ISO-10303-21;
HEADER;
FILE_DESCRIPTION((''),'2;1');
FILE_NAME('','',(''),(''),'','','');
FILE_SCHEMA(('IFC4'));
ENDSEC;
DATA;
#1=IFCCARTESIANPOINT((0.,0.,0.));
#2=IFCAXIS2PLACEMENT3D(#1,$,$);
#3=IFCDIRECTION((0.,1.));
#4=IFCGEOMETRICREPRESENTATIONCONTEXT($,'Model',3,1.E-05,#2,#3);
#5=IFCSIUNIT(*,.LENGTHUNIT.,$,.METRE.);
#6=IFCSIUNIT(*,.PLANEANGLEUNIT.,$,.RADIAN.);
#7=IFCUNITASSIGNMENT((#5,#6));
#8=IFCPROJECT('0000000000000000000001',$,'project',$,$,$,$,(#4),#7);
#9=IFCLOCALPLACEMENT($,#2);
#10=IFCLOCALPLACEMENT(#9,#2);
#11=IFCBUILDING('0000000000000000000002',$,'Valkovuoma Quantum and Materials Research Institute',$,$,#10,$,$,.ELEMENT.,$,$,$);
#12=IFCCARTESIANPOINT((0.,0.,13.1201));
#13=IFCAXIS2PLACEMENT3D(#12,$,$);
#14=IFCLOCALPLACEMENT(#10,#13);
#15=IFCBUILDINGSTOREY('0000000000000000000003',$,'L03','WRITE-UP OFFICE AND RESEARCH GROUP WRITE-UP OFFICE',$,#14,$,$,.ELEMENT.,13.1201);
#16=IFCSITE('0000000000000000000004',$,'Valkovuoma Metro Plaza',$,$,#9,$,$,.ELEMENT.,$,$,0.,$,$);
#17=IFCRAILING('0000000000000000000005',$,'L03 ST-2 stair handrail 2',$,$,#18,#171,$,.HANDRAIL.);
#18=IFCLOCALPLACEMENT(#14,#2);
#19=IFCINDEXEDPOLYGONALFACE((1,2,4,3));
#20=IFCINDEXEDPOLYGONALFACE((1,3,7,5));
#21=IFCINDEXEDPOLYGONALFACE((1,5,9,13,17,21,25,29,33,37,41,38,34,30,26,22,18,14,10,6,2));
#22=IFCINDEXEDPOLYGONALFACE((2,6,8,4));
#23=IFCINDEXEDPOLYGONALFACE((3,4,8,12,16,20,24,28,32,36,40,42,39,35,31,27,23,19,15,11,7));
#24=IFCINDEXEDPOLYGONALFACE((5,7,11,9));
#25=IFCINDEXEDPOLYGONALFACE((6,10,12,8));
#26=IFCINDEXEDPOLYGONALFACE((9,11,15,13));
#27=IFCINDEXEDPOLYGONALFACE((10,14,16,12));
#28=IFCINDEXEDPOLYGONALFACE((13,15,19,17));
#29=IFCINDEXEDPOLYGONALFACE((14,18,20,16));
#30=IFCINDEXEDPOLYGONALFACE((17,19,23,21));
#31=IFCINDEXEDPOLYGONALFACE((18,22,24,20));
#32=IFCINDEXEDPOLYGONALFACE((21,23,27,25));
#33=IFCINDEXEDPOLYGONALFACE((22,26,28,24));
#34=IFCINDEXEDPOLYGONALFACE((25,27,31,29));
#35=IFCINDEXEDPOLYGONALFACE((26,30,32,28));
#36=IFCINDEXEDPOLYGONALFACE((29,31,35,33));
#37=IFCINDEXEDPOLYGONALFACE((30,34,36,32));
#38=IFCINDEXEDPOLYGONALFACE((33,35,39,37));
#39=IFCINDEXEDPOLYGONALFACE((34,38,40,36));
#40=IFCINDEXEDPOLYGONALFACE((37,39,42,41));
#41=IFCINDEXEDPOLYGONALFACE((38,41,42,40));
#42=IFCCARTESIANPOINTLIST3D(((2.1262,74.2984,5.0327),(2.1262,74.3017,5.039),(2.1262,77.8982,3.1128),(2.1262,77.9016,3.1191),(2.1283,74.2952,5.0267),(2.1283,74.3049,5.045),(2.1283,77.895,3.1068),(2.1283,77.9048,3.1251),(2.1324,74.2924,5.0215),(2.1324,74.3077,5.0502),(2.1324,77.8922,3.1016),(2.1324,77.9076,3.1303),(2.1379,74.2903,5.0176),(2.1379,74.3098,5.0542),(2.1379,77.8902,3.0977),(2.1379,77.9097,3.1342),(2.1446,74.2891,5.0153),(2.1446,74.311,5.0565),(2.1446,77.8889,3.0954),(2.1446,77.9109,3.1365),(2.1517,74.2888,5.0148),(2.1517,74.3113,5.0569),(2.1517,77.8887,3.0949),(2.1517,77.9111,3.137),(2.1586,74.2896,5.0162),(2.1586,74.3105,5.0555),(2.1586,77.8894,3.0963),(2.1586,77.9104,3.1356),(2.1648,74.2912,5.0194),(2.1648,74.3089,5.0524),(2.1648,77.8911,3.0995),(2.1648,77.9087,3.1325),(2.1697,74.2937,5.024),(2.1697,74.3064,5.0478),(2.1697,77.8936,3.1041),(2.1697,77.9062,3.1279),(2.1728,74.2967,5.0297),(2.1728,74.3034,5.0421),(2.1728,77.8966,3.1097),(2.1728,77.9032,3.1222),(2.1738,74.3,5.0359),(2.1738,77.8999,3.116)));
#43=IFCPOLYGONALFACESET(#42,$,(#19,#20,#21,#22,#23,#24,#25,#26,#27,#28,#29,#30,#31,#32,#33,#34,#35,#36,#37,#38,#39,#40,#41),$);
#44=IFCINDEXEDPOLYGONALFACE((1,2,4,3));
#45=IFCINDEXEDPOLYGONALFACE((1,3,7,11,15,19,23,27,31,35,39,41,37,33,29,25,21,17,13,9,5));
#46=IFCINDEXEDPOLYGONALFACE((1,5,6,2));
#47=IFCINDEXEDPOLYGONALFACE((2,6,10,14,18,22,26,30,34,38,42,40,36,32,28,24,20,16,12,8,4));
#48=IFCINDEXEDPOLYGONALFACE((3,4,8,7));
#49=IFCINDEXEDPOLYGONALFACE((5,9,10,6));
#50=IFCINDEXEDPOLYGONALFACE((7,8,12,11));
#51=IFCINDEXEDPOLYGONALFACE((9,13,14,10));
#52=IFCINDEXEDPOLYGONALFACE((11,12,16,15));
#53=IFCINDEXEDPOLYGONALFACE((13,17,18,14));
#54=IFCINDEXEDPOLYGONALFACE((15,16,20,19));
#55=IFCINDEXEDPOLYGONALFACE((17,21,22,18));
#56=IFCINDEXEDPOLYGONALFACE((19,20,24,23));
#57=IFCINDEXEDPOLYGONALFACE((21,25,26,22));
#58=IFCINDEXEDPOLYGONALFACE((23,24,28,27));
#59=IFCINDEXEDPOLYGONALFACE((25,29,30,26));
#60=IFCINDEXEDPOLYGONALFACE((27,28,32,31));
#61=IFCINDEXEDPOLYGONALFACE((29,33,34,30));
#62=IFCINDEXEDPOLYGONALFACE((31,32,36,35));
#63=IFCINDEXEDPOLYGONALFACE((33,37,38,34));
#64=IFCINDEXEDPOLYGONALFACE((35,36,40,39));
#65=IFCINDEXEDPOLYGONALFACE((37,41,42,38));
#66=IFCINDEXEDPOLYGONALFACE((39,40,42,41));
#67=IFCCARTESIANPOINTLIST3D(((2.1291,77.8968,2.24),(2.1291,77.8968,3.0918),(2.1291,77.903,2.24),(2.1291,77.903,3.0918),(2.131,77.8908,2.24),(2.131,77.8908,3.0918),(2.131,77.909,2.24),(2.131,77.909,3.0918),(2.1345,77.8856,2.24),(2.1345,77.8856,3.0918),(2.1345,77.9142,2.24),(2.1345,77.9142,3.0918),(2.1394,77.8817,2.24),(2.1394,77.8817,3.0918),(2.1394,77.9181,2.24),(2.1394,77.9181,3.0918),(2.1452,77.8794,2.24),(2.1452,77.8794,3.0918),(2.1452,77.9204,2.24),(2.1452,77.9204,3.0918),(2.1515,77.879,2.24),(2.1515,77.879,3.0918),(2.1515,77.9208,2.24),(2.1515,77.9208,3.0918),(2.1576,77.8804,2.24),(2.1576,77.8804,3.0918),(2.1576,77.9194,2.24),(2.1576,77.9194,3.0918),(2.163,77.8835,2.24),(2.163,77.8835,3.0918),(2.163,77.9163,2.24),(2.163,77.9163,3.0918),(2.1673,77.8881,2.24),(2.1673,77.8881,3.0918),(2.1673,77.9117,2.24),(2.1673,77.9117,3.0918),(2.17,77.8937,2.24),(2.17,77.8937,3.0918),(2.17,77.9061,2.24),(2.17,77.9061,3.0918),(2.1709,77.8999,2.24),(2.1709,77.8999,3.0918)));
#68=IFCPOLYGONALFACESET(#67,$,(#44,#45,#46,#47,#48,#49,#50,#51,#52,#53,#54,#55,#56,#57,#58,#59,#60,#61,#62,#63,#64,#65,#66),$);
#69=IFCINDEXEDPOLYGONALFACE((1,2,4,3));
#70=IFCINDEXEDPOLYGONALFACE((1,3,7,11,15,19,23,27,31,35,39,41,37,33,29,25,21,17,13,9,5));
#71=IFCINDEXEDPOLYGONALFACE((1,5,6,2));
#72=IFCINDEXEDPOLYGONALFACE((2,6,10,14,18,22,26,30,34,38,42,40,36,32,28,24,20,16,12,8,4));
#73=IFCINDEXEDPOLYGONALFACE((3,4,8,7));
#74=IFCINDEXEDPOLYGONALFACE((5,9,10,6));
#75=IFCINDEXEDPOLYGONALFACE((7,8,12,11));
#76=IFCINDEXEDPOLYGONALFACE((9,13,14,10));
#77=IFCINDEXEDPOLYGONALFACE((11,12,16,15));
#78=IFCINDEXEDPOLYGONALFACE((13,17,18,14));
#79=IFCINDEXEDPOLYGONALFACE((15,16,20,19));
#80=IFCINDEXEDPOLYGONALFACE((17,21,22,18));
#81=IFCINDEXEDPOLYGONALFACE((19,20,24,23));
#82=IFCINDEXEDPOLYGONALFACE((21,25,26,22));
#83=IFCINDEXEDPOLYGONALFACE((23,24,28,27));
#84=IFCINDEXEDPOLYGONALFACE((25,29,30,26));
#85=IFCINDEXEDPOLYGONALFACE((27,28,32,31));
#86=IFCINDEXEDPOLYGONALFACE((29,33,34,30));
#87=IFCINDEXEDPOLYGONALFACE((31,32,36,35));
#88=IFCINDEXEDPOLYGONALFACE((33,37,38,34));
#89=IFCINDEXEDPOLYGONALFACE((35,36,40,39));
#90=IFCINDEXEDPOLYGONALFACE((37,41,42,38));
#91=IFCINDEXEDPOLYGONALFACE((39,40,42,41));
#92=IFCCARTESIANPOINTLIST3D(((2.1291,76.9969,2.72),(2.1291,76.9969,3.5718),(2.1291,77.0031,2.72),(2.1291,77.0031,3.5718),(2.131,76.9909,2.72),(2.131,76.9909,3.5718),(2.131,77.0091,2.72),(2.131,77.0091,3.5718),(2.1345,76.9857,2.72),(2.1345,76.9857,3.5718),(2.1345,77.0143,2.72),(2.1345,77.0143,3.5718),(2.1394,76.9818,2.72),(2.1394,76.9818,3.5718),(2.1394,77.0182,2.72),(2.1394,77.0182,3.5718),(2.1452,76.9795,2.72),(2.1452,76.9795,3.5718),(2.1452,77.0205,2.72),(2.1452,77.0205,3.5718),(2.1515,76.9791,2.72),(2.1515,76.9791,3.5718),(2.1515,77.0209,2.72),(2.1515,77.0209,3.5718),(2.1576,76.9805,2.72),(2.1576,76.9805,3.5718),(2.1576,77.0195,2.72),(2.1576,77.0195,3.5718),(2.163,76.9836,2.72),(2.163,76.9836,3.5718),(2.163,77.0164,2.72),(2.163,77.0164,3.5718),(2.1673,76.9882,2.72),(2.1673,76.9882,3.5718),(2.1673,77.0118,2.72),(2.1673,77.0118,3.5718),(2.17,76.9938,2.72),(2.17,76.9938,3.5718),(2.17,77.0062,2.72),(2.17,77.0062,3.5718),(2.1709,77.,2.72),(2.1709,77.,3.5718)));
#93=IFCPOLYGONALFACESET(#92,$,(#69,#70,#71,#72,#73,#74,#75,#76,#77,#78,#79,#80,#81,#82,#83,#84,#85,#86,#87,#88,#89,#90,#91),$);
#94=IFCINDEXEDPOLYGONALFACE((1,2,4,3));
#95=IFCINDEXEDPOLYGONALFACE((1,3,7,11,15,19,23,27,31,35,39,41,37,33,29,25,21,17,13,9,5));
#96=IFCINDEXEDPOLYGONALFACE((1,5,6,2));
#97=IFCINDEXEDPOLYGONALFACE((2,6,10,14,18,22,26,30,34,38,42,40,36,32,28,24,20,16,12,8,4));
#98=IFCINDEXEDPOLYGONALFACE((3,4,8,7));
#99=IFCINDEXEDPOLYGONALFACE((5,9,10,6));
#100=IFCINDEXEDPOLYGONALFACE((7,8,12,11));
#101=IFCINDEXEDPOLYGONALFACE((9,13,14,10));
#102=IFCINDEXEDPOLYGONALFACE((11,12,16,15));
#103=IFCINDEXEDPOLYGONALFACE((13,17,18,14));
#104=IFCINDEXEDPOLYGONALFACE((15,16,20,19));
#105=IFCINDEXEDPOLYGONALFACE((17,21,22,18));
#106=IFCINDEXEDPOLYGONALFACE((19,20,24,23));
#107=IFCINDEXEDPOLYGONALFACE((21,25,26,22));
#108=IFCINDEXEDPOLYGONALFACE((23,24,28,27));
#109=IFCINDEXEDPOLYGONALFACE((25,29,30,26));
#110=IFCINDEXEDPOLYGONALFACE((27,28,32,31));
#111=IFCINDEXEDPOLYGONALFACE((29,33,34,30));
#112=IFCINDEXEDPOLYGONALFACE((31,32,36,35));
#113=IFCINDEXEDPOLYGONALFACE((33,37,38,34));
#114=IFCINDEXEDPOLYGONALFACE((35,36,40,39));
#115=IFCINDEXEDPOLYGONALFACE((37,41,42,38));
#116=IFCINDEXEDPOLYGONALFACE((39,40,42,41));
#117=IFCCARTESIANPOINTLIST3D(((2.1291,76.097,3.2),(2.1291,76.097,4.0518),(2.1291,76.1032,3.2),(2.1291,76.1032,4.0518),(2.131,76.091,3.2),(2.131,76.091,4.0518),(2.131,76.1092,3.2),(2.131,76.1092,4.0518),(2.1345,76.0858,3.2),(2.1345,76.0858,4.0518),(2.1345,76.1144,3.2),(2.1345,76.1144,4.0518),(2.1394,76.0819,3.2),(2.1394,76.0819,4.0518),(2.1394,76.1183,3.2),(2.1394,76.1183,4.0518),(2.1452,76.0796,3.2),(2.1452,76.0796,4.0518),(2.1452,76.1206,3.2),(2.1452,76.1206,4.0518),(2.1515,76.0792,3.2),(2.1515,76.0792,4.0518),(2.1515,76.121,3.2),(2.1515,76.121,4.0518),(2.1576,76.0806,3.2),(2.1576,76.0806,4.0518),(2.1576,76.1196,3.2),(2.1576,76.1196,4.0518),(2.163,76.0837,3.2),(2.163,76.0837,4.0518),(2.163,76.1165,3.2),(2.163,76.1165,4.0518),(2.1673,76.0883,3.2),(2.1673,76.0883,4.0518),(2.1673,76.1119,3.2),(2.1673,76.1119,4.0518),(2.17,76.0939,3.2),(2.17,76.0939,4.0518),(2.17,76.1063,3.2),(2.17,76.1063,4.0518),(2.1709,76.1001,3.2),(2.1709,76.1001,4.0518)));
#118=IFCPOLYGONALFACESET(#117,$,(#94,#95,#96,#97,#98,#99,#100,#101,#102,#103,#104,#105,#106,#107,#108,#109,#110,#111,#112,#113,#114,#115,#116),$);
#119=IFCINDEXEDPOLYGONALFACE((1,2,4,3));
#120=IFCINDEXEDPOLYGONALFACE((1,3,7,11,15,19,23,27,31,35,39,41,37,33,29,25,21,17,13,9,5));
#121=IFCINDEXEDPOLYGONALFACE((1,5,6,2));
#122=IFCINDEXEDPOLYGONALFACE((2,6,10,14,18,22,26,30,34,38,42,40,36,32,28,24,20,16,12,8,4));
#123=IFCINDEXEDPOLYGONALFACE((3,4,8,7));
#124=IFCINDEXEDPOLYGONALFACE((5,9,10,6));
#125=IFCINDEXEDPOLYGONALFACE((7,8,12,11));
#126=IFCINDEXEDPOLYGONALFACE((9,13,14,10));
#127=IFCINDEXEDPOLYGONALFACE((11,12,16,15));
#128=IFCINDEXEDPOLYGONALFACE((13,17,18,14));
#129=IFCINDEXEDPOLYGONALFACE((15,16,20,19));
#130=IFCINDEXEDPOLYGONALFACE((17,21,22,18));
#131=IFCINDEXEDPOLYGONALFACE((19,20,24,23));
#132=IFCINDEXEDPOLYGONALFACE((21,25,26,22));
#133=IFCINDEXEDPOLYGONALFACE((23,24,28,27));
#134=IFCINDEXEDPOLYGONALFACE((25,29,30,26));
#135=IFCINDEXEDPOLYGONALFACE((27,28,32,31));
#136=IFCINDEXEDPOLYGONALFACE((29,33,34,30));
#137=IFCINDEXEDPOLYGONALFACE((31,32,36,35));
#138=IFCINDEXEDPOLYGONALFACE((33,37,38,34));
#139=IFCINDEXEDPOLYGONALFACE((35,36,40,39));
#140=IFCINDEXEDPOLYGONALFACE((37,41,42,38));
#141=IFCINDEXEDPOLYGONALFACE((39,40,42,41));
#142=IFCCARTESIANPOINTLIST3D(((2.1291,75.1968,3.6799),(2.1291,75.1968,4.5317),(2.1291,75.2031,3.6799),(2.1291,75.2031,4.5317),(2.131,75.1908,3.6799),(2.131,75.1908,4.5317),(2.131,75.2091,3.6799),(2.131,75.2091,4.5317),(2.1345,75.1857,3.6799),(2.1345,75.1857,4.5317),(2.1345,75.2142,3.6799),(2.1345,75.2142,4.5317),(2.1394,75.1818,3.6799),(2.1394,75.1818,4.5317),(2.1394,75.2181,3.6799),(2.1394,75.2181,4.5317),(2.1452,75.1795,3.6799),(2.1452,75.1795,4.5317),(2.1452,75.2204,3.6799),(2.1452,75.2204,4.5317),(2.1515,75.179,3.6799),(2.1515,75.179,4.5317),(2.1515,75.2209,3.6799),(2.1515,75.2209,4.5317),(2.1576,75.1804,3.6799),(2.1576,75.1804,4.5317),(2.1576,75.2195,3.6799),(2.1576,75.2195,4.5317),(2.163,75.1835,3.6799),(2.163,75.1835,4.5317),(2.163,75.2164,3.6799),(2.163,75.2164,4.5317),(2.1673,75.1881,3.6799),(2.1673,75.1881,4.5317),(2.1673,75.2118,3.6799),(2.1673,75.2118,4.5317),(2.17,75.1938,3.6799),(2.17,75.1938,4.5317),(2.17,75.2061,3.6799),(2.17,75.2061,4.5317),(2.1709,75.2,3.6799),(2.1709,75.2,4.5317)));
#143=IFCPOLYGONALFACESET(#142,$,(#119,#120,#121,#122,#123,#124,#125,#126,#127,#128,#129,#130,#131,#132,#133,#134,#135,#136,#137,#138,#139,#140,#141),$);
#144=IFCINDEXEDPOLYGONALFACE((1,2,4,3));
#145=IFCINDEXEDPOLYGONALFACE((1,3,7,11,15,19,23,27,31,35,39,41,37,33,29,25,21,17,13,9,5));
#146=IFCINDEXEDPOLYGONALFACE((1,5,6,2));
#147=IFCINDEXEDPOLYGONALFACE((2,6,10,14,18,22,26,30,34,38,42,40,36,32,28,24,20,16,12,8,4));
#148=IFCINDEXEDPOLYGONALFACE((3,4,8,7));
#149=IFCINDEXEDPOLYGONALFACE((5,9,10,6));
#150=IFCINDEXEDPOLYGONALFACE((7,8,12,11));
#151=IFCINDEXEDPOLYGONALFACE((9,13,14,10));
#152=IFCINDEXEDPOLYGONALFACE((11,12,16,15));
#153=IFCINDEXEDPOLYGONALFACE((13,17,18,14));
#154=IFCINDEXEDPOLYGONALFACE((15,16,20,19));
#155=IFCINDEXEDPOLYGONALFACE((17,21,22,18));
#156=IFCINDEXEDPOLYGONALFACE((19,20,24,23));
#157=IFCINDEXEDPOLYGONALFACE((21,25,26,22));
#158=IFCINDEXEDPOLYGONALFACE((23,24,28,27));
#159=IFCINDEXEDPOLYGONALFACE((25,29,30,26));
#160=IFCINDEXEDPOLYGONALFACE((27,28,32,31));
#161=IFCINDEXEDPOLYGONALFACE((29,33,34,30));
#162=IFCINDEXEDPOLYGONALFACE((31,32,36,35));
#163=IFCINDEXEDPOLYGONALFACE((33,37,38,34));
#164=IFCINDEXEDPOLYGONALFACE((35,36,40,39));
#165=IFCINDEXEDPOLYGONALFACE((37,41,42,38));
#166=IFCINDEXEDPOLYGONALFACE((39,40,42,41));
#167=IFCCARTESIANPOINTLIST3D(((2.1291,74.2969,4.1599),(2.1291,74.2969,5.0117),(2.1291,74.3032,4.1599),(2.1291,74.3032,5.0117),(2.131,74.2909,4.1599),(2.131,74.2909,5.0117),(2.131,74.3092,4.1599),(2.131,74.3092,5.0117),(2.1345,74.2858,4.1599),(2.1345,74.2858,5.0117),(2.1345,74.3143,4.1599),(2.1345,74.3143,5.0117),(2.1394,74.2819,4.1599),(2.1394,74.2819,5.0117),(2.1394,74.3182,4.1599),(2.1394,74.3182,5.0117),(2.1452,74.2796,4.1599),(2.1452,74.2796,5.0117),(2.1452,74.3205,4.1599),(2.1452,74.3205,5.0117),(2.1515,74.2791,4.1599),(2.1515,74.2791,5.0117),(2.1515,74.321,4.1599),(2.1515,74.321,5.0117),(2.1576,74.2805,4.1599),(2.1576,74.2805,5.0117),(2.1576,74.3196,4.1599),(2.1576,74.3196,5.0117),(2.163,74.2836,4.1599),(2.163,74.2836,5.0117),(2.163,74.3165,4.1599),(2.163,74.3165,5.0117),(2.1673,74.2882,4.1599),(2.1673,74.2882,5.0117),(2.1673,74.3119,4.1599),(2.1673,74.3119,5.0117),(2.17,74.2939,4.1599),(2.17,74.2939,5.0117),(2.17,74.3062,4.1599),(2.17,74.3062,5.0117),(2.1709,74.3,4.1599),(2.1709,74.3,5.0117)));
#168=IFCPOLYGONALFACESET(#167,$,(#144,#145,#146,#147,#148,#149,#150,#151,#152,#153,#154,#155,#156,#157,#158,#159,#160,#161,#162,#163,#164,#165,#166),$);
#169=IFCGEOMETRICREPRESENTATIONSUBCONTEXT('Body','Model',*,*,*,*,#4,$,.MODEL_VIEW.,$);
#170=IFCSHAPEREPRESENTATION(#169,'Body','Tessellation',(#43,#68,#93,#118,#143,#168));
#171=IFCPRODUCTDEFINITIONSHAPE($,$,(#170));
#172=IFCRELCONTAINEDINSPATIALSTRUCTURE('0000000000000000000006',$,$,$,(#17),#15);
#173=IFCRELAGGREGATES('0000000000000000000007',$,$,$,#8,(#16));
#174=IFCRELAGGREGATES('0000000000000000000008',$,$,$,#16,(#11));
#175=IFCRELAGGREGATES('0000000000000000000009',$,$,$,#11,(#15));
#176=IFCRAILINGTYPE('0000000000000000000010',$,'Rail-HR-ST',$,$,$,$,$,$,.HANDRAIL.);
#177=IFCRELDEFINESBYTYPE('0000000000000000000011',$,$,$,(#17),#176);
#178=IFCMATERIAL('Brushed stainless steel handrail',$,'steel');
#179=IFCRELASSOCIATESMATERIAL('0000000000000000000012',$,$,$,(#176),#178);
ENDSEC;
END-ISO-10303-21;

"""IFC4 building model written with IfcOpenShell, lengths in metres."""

from ifc_helpers import new_model, si_unit, direction, frame, origin, origin_2d, place, context, subcontext, project, spatial, circle, extrude, material, type_object, element, save


model = new_model("IFC4")

# Units and contexts
model_context = context("Model", 3, precision=1e-05, world=origin(), true_north=direction((0.0, 1.0)))
body_context = subcontext(model_context, "Body", "Model", "MODEL_VIEW")
ifc_project = project(units=[si_unit("LENGTHUNIT", "METRE"), si_unit("PLANEANGLEUNIT", "RADIAN")], contexts=[model_context])

# Site, building, storey
site_placement = place(None, origin())
site = spatial("IfcSite", under=ifc_project, at=site_placement, Name="Valkovuoma Metro Plaza", CompositionType="ELEMENT", RefElevation=0.0)
building_placement = place(site_placement, origin())
building = spatial("IfcBuilding", under=site, at=building_placement, Name="Valkovuoma Quantum and Materials Research Institute", CompositionType="ELEMENT")
storey_placement = place(building_placement, frame((0.0, 0.0, 13.1201)))
storey = spatial("IfcBuildingStorey", under=building, at=storey_placement, Name="L03", Description="WRITE-UP OFFICE AND RESEARCH GROUP WRITE-UP OFFICE", CompositionType="ELEMENT", Elevation=13.1201)

# Railing
ifc_material_1 = material(Name="Brushed stainless steel handrail", Category="steel")
railing_type_1 = type_object("IfcRailingType", Name="Rail-HR-ST", PredefinedType="HANDRAIL", material=ifc_material_1)
railing_1_placement = place(storey_placement, frame((2.1499, 77.8999, 2.24)))
element("IfcRailing", 1, at=railing_1_placement, inside=storey, type_object=railing_type_1, Name="L03 ST-2 stair handrail 2", PredefinedType="HANDRAIL", context=body_context, shape_type="SweptSolid", body=[
    extrude(circle(Radius=0.0239, at=origin_2d()), frame((0.0, 0.0, 0.876), z_axis=(0.0, -0.882353, 0.470588), x_axis=(1.0, 0.0, 0.0)), (0.0, 0.0, 1.0), 4.0798),
    extrude(circle(Radius=0.021, at=origin_2d()), origin(), (0.0, 0.0, 1.0), 0.8518),
    extrude(circle(Radius=0.021, at=origin_2d()), frame((0.0, -0.8999, 0.48)), (0.0, 0.0, 1.0), 0.8518),
    extrude(circle(Radius=0.021, at=origin_2d()), frame((0.0, -1.7998, 0.96)), (0.0, 0.0, 1.0), 0.8518),
    extrude(circle(Radius=0.021, at=origin_2d()), frame((0.0, -2.7, 1.4399)), (0.0, 0.0, 1.0), 0.8518),
    extrude(circle(Radius=0.021, at=origin_2d()), frame((0.0, -3.5999, 1.9199)), (0.0, 0.0, 1.0), 0.8518),
])

save(model, "model.ifc")
